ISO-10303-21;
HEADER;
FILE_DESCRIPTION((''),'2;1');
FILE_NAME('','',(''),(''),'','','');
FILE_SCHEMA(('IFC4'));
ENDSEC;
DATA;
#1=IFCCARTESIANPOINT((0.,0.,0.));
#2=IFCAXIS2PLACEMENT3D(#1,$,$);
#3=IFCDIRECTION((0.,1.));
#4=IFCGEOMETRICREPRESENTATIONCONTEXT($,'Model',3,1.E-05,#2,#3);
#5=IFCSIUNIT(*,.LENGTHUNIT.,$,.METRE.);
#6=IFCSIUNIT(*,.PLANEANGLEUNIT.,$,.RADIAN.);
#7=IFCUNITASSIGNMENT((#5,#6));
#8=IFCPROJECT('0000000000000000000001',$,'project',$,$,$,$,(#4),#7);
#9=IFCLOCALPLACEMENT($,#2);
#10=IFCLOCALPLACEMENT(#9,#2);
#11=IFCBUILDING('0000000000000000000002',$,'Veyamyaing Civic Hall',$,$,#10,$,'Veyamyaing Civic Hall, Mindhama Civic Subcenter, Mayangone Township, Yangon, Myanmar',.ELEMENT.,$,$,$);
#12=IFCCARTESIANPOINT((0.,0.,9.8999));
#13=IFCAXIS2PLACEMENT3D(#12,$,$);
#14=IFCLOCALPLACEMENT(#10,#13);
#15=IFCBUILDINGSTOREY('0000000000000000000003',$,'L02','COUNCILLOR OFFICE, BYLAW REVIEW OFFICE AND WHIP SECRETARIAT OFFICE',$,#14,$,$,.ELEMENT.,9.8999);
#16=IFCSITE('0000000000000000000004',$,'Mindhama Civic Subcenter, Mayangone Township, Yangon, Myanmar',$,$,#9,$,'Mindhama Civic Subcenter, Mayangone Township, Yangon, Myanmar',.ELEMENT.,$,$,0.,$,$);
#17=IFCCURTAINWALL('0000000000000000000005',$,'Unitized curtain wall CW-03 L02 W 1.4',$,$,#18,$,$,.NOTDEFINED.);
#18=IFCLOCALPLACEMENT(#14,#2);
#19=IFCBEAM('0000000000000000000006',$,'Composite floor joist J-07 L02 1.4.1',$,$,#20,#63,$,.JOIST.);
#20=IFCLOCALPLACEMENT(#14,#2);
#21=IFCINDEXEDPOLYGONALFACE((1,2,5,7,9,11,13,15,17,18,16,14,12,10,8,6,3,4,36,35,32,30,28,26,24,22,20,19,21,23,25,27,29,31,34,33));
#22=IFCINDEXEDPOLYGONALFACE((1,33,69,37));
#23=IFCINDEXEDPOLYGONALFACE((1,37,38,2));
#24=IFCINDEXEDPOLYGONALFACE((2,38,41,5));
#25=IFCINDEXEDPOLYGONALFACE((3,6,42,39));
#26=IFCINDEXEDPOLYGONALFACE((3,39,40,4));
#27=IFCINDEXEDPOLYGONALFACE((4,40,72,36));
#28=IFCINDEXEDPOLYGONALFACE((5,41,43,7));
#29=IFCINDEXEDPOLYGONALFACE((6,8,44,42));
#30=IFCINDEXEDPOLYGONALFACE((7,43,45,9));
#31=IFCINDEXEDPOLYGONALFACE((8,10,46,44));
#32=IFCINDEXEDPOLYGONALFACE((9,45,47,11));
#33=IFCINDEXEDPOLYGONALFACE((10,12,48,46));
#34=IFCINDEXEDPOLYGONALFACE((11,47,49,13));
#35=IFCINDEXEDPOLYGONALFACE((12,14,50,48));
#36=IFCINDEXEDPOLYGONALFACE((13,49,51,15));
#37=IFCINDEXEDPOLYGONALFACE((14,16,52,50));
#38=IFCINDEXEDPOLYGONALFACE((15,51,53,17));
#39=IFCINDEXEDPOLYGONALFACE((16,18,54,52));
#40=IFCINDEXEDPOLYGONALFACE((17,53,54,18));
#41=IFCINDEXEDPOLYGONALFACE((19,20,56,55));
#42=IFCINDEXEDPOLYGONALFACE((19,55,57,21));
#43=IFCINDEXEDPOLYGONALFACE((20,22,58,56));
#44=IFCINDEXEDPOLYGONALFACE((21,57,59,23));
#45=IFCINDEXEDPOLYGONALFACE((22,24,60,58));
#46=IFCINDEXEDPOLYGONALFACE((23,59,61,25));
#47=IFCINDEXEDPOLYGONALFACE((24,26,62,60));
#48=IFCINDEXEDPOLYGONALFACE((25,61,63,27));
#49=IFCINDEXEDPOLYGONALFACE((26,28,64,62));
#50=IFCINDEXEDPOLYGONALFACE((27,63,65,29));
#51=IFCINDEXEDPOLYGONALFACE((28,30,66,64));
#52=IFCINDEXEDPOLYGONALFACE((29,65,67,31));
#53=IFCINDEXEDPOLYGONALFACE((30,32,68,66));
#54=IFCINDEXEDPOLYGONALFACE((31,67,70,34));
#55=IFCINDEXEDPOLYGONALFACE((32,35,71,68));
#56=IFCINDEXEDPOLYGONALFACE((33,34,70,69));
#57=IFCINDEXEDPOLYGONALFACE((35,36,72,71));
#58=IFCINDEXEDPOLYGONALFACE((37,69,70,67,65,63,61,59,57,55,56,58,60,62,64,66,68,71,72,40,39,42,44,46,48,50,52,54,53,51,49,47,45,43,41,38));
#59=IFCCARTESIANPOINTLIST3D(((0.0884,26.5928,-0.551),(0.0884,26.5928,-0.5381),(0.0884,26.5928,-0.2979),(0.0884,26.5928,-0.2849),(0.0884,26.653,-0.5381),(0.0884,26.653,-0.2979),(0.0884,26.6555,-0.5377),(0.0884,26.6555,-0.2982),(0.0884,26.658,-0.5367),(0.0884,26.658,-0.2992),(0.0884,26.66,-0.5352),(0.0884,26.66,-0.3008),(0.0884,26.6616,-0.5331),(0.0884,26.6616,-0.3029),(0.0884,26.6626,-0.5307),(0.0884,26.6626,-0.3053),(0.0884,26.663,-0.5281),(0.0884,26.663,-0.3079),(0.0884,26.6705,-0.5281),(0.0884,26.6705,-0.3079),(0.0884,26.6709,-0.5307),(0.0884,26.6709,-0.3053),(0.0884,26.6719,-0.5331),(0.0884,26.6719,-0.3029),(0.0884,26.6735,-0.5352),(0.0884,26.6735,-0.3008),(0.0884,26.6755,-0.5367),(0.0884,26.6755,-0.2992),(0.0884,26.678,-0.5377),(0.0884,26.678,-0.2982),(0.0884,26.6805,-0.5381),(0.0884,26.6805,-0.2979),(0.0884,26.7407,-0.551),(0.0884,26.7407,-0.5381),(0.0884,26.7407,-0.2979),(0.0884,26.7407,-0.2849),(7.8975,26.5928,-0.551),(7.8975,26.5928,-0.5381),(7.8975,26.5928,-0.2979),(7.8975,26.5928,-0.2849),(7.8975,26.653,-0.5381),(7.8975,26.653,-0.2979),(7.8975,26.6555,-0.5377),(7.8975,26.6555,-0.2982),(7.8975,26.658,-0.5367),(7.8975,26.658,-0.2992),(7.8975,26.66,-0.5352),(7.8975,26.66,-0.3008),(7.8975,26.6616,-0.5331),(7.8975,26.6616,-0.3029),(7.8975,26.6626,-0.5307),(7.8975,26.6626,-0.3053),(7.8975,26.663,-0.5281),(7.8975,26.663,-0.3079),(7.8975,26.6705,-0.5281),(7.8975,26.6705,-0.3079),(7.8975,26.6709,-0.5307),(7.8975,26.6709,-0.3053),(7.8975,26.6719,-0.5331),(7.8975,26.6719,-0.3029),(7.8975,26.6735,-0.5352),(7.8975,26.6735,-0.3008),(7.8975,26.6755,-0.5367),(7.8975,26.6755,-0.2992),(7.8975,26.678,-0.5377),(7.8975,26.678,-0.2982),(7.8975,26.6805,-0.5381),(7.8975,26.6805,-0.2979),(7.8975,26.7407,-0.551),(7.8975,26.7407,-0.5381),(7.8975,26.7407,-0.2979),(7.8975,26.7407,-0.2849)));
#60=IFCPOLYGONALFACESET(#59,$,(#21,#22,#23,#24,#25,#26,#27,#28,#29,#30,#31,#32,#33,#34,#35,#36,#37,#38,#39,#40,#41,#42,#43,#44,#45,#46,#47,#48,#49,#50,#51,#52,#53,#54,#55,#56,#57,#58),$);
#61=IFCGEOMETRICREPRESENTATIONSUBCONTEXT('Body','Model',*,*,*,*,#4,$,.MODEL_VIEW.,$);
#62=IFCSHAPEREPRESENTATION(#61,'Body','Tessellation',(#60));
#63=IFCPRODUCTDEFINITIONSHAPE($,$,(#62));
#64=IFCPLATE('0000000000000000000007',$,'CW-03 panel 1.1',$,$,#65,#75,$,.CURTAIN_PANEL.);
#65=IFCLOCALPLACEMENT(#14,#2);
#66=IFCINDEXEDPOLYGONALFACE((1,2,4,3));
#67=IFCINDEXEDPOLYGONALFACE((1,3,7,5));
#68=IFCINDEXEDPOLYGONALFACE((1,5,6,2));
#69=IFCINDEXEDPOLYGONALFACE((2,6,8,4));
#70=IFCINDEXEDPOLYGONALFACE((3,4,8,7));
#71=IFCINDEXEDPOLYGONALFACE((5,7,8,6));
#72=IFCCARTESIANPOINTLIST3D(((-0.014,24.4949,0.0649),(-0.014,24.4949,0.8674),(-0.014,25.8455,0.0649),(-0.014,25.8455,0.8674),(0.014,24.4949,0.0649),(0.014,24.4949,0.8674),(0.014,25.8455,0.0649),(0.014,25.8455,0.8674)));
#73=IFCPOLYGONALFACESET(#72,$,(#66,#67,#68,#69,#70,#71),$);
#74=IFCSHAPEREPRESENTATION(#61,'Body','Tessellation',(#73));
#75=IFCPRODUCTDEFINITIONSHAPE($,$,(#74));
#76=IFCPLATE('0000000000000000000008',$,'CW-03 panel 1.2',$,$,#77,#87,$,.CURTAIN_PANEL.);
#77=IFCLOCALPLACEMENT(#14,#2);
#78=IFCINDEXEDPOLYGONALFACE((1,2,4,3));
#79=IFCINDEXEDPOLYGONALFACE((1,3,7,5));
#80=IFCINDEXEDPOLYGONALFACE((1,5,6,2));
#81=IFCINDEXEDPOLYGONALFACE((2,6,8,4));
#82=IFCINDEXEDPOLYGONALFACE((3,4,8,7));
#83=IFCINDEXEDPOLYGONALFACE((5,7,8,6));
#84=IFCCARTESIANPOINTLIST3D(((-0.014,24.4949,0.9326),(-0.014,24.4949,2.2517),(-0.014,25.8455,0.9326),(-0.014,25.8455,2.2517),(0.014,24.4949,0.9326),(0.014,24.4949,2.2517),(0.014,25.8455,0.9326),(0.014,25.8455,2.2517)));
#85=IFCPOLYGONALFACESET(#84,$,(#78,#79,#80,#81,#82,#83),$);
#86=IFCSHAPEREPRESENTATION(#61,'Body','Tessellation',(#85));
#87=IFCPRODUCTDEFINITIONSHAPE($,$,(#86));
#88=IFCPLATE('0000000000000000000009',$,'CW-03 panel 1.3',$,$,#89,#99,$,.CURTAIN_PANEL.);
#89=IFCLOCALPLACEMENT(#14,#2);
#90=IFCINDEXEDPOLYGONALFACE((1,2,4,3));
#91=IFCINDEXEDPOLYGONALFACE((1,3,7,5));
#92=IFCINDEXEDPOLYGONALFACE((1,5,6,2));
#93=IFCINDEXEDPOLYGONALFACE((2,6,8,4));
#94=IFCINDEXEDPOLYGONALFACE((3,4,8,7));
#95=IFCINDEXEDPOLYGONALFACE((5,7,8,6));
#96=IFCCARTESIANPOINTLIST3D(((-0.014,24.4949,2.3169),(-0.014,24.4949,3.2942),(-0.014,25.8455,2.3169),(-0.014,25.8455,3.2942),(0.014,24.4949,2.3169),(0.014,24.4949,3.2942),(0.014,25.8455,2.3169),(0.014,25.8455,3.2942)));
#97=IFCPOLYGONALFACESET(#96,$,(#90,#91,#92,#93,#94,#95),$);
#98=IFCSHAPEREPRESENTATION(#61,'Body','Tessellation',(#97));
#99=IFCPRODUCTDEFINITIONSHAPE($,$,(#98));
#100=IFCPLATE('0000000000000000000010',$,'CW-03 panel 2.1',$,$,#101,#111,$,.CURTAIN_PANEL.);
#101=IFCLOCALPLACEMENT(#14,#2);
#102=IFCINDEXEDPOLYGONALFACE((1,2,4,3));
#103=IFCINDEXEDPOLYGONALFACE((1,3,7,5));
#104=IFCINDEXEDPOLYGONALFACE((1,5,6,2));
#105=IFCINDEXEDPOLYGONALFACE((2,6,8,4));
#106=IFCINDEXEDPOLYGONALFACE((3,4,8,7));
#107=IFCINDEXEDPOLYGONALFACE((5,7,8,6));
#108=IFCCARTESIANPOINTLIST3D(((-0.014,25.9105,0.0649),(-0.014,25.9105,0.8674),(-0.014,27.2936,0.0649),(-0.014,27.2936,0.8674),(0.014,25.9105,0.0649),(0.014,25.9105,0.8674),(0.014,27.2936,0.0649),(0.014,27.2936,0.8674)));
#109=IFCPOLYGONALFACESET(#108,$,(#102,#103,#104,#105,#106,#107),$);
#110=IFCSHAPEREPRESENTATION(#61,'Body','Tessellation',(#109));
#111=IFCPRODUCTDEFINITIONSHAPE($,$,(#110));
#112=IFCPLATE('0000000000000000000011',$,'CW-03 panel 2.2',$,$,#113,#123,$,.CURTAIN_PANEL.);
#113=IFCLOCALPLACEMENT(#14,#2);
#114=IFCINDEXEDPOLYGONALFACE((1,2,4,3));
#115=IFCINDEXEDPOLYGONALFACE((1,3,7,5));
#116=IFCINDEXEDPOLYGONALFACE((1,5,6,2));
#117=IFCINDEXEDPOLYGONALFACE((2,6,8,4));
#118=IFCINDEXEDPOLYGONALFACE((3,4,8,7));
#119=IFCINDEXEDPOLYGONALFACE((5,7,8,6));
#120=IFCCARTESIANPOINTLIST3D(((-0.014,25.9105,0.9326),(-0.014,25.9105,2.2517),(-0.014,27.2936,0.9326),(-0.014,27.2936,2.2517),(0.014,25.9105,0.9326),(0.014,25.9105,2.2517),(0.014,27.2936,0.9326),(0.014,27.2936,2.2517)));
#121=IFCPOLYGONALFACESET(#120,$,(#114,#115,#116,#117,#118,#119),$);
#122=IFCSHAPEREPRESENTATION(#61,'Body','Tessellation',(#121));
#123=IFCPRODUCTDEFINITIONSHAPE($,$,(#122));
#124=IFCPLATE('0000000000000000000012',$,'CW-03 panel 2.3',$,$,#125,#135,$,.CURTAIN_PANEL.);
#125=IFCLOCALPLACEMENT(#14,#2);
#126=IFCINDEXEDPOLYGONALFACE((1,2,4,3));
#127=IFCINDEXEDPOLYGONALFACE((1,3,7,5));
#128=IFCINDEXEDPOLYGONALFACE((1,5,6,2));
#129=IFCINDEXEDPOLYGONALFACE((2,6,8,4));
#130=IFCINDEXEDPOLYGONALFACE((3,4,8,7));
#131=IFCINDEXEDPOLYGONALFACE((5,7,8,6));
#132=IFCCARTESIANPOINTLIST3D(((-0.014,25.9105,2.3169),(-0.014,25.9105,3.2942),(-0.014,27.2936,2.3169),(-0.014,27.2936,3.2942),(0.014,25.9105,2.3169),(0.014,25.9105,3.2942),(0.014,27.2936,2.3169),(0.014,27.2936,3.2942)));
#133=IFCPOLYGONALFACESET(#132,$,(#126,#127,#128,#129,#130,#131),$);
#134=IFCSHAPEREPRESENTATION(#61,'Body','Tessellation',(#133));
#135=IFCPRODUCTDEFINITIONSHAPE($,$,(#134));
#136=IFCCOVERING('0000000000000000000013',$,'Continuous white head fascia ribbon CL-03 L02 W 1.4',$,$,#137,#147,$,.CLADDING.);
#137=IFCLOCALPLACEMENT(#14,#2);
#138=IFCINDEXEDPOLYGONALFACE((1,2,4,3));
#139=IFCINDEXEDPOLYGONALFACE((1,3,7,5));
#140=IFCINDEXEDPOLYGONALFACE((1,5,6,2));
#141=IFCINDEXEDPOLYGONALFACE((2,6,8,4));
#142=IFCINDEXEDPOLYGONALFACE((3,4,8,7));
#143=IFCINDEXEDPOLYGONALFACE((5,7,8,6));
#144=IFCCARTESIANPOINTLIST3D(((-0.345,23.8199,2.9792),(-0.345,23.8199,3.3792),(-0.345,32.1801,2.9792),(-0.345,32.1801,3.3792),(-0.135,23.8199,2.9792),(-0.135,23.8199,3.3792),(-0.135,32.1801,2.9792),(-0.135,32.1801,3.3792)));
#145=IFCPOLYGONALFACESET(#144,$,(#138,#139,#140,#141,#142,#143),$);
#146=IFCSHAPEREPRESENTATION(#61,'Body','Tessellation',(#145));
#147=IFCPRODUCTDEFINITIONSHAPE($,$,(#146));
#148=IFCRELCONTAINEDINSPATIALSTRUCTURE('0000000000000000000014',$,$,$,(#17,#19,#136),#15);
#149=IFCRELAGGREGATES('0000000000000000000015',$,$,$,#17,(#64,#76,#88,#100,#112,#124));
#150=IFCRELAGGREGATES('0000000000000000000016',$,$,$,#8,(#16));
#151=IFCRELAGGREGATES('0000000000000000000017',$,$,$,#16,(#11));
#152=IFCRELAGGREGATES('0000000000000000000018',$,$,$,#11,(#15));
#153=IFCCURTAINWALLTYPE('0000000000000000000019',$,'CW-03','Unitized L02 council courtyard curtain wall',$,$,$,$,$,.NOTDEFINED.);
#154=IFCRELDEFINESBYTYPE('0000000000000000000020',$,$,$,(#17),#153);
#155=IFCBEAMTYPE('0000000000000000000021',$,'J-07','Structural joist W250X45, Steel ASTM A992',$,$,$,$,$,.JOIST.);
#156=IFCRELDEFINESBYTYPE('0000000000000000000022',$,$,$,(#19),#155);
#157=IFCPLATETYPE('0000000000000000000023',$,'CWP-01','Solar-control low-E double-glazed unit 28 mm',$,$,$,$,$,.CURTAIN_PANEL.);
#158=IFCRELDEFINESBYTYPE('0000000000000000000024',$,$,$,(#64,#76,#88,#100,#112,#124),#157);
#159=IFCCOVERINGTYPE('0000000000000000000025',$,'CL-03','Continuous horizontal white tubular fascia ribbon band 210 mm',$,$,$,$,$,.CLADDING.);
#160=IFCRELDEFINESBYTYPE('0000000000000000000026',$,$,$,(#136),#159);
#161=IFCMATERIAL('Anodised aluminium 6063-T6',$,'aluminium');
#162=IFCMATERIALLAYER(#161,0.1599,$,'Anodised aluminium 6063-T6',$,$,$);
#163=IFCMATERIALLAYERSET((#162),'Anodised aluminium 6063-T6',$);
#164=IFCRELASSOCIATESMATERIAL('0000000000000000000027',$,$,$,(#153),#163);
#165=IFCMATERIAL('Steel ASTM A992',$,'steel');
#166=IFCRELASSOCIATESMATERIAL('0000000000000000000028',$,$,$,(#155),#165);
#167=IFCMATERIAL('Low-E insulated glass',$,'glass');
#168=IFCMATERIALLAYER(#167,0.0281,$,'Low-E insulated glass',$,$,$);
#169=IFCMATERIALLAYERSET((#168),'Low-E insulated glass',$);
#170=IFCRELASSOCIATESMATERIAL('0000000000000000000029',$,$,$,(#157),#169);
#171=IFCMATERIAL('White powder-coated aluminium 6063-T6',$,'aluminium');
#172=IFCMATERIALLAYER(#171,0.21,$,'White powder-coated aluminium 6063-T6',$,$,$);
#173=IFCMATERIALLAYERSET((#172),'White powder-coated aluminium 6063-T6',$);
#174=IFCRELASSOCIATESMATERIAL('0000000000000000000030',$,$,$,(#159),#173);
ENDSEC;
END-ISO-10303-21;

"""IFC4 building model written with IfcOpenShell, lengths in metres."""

from ifc_helpers import new_model, si_unit, direction, frame, origin, origin_2d, place, context, subcontext, project, spatial, rectangle, i_section, extrude, material, layer, layer_set, material_profile, profile_set, type_object, element, aggregate, save


model = new_model("IFC4")

# Units and contexts
model_context = context("Model", 3, precision=1e-05, world=origin(), true_north=direction((0.0, 1.0)))
body_context = subcontext(model_context, "Body", "Model", "MODEL_VIEW")
ifc_project = project(units=[si_unit("LENGTHUNIT", "METRE"), si_unit("PLANEANGLEUNIT", "RADIAN")], contexts=[model_context])

# Site, building, storey
site_placement = place(None, origin())
site = spatial("IfcSite", under=ifc_project, at=site_placement, Name="Mindhama Civic Subcenter, Mayangone Township, Yangon, Myanmar", LongName="Mindhama Civic Subcenter, Mayangone Township, Yangon, Myanmar", CompositionType="ELEMENT", RefElevation=0.0)
building_placement = place(site_placement, origin())
building = spatial("IfcBuilding", under=site, at=building_placement, Name="Veyamyaing Civic Hall", LongName="Veyamyaing Civic Hall, Mindhama Civic Subcenter, Mayangone Township, Yangon, Myanmar", CompositionType="ELEMENT")
storey_placement = place(building_placement, frame((0.0, 0.0, 9.8999)))
storey = spatial("IfcBuildingStorey", under=building, at=storey_placement, Name="L02", Description="COUNCILLOR OFFICE, BYLAW REVIEW OFFICE AND WHIP SECRETARIAT OFFICE", CompositionType="ELEMENT", Elevation=9.8999)

# Curtain wall
ifc_material_1 = material(Name="Anodised aluminium 6063-T6", Category="aluminium")
ifc_layer_1 = layer(ifc_material_1, 0.1599, Name="Anodised aluminium 6063-T6")
ifc_layer_set_1 = layer_set([ifc_layer_1], Name="Anodised aluminium 6063-T6")
curtain_wall_type = type_object("IfcCurtainWallType", Name="CW-03", Description="Unitized L02 council courtyard curtain wall", PredefinedType="NOTDEFINED", material=ifc_layer_set_1)
curtain_wall_placement = place(storey_placement, origin())
curtain_wall = element("IfcCurtainWall", 1, at=curtain_wall_placement, inside=storey, type_object=curtain_wall_type, Name="Unitized curtain wall CW-03 L02 W 1.4", PredefinedType="NOTDEFINED")

# Beam
ifc_material_2 = material(Name="Steel ASTM A992", Category="steel")
ifc_material_profile_1 = material_profile(ifc_material_2, i_section(OverallWidth=0.1479, OverallDepth=0.2661, WebThickness=0.0076, FlangeThickness=0.0129, FilletRadius=0.01, at=origin_2d()), Name="W250X45")
ifc_profile_set_1 = profile_set([ifc_material_profile_1], Name="Steel ASTM A992")
beam_type = type_object("IfcBeamType", Name="J-07", Description="Structural joist W250X45, Steel ASTM A992", PredefinedType="JOIST", material=ifc_profile_set_1)
beam_placement = place(storey_placement, frame((0.0884, 26.6667, -0.418), z_axis=(1.0, 0.0, 0.0), x_axis=(0.0, 1.0, 0.0)))
element("IfcBeam", 2, at=beam_placement, inside=storey, type_object=beam_type, Name="Composite floor joist J-07 L02 1.4.1", PredefinedType="JOIST", context=body_context, shape_type="SweptSolid", body=[
    extrude(i_section(OverallWidth=0.1479, OverallDepth=0.2661, WebThickness=0.0076, FlangeThickness=0.0129, FilletRadius=0.01, at=origin_2d()), origin(), (0.0, 0.0, 1.0), 7.8091),
])

# Plates
ifc_material_3 = material(Name="Low-E insulated glass", Category="glass")
ifc_layer_2 = layer(ifc_material_3, 0.0281, Name="Low-E insulated glass")
ifc_layer_set_2 = layer_set([ifc_layer_2], Name="Low-E insulated glass")
plate_type = type_object("IfcPlateType", Name="CWP-01", Description="Solar-control low-E double-glazed unit 28 mm", PredefinedType="CURTAIN_PANEL", material=ifc_layer_set_2)
plate_1_placement = place(storey_placement, frame((0.0, 25.1702, 0.0649), z_axis=(0.0, 0.0, 1.0), x_axis=(0.0, 1.0, 0.0)))
plate_1 = element("IfcPlate", 3, at=plate_1_placement, type_object=plate_type, Name="CW-03 panel 1.1", PredefinedType="CURTAIN_PANEL", context=body_context, shape_type="SweptSolid", body=[
    extrude(rectangle(XDim=1.3506, YDim=0.0281, at=origin_2d()), origin(), (0.0, 0.0, 1.0), 0.8025),
])
plate_2_placement = place(storey_placement, frame((0.0, 25.1702, 0.9326), z_axis=(0.0, 0.0, 1.0), x_axis=(0.0, 1.0, 0.0)))
plate_2 = element("IfcPlate", 4, at=plate_2_placement, type_object=plate_type, Name="CW-03 panel 1.2", PredefinedType="CURTAIN_PANEL", context=body_context, shape_type="SweptSolid", body=[
    extrude(rectangle(XDim=1.3506, YDim=0.0281, at=origin_2d()), origin(), (0.0, 0.0, 1.0), 1.3191),
])
plate_3_placement = place(storey_placement, frame((0.0, 25.1702, 2.3169), z_axis=(0.0, 0.0, 1.0), x_axis=(0.0, 1.0, 0.0)))
plate_3 = element("IfcPlate", 5, at=plate_3_placement, type_object=plate_type, Name="CW-03 panel 1.3", PredefinedType="CURTAIN_PANEL", context=body_context, shape_type="SweptSolid", body=[
    extrude(rectangle(XDim=1.3506, YDim=0.0281, at=origin_2d()), origin(), (0.0, 0.0, 1.0), 0.9773),
])
plate_4_placement = place(storey_placement, frame((0.0, 26.6021, 0.0649), z_axis=(0.0, 0.0, 1.0), x_axis=(0.0, 1.0, 0.0)))
plate_4 = element("IfcPlate", 6, at=plate_4_placement, type_object=plate_type, Name="CW-03 panel 2.1", PredefinedType="CURTAIN_PANEL", context=body_context, shape_type="SweptSolid", body=[
    extrude(rectangle(XDim=1.3831, YDim=0.0281, at=origin_2d()), origin(), (0.0, 0.0, 1.0), 0.8025),
])
plate_5_placement = place(storey_placement, frame((0.0, 26.6021, 0.9326), z_axis=(0.0, 0.0, 1.0), x_axis=(0.0, 1.0, 0.0)))
plate_5 = element("IfcPlate", 7, at=plate_5_placement, type_object=plate_type, Name="CW-03 panel 2.2", PredefinedType="CURTAIN_PANEL", context=body_context, shape_type="SweptSolid", body=[
    extrude(rectangle(XDim=1.3831, YDim=0.0281, at=origin_2d()), origin(), (0.0, 0.0, 1.0), 1.3191),
])
plate_6_placement = place(storey_placement, frame((0.0, 26.6021, 2.3169), z_axis=(0.0, 0.0, 1.0), x_axis=(0.0, 1.0, 0.0)))
plate_6 = element("IfcPlate", 8, at=plate_6_placement, type_object=plate_type, Name="CW-03 panel 2.3", PredefinedType="CURTAIN_PANEL", context=body_context, shape_type="SweptSolid", body=[
    extrude(rectangle(XDim=1.3831, YDim=0.0281, at=origin_2d()), origin(), (0.0, 0.0, 1.0), 0.9773),
])
aggregate(curtain_wall, [plate_1, plate_2, plate_3, plate_4, plate_5, plate_6])

# Covering
ifc_material_4 = material(Name="White powder-coated aluminium 6063-T6", Category="aluminium")
ifc_layer_3 = layer(ifc_material_4, 0.21, Name="White powder-coated aluminium 6063-T6")
ifc_layer_set_3 = layer_set([ifc_layer_3], Name="White powder-coated aluminium 6063-T6")
covering_type = type_object("IfcCoveringType", Name="CL-03", Description="Continuous horizontal white tubular fascia ribbon band 210 mm", PredefinedType="CLADDING", material=ifc_layer_set_3)
covering_placement = place(storey_placement, frame((-0.24, 28.0, 2.9792), z_axis=(0.0, 0.0, 1.0), x_axis=(0.0, 1.0, 0.0)))
element("IfcCovering", 9, at=covering_placement, inside=storey, type_object=covering_type, Name="Continuous white head fascia ribbon CL-03 L02 W 1.4", PredefinedType="CLADDING", context=body_context, shape_type="SweptSolid", body=[
    extrude(rectangle(XDim=8.3601, YDim=0.21, at=origin_2d()), origin(), (0.0, 0.0, 1.0), 0.3999),
])

save(model, "model.ifc")
